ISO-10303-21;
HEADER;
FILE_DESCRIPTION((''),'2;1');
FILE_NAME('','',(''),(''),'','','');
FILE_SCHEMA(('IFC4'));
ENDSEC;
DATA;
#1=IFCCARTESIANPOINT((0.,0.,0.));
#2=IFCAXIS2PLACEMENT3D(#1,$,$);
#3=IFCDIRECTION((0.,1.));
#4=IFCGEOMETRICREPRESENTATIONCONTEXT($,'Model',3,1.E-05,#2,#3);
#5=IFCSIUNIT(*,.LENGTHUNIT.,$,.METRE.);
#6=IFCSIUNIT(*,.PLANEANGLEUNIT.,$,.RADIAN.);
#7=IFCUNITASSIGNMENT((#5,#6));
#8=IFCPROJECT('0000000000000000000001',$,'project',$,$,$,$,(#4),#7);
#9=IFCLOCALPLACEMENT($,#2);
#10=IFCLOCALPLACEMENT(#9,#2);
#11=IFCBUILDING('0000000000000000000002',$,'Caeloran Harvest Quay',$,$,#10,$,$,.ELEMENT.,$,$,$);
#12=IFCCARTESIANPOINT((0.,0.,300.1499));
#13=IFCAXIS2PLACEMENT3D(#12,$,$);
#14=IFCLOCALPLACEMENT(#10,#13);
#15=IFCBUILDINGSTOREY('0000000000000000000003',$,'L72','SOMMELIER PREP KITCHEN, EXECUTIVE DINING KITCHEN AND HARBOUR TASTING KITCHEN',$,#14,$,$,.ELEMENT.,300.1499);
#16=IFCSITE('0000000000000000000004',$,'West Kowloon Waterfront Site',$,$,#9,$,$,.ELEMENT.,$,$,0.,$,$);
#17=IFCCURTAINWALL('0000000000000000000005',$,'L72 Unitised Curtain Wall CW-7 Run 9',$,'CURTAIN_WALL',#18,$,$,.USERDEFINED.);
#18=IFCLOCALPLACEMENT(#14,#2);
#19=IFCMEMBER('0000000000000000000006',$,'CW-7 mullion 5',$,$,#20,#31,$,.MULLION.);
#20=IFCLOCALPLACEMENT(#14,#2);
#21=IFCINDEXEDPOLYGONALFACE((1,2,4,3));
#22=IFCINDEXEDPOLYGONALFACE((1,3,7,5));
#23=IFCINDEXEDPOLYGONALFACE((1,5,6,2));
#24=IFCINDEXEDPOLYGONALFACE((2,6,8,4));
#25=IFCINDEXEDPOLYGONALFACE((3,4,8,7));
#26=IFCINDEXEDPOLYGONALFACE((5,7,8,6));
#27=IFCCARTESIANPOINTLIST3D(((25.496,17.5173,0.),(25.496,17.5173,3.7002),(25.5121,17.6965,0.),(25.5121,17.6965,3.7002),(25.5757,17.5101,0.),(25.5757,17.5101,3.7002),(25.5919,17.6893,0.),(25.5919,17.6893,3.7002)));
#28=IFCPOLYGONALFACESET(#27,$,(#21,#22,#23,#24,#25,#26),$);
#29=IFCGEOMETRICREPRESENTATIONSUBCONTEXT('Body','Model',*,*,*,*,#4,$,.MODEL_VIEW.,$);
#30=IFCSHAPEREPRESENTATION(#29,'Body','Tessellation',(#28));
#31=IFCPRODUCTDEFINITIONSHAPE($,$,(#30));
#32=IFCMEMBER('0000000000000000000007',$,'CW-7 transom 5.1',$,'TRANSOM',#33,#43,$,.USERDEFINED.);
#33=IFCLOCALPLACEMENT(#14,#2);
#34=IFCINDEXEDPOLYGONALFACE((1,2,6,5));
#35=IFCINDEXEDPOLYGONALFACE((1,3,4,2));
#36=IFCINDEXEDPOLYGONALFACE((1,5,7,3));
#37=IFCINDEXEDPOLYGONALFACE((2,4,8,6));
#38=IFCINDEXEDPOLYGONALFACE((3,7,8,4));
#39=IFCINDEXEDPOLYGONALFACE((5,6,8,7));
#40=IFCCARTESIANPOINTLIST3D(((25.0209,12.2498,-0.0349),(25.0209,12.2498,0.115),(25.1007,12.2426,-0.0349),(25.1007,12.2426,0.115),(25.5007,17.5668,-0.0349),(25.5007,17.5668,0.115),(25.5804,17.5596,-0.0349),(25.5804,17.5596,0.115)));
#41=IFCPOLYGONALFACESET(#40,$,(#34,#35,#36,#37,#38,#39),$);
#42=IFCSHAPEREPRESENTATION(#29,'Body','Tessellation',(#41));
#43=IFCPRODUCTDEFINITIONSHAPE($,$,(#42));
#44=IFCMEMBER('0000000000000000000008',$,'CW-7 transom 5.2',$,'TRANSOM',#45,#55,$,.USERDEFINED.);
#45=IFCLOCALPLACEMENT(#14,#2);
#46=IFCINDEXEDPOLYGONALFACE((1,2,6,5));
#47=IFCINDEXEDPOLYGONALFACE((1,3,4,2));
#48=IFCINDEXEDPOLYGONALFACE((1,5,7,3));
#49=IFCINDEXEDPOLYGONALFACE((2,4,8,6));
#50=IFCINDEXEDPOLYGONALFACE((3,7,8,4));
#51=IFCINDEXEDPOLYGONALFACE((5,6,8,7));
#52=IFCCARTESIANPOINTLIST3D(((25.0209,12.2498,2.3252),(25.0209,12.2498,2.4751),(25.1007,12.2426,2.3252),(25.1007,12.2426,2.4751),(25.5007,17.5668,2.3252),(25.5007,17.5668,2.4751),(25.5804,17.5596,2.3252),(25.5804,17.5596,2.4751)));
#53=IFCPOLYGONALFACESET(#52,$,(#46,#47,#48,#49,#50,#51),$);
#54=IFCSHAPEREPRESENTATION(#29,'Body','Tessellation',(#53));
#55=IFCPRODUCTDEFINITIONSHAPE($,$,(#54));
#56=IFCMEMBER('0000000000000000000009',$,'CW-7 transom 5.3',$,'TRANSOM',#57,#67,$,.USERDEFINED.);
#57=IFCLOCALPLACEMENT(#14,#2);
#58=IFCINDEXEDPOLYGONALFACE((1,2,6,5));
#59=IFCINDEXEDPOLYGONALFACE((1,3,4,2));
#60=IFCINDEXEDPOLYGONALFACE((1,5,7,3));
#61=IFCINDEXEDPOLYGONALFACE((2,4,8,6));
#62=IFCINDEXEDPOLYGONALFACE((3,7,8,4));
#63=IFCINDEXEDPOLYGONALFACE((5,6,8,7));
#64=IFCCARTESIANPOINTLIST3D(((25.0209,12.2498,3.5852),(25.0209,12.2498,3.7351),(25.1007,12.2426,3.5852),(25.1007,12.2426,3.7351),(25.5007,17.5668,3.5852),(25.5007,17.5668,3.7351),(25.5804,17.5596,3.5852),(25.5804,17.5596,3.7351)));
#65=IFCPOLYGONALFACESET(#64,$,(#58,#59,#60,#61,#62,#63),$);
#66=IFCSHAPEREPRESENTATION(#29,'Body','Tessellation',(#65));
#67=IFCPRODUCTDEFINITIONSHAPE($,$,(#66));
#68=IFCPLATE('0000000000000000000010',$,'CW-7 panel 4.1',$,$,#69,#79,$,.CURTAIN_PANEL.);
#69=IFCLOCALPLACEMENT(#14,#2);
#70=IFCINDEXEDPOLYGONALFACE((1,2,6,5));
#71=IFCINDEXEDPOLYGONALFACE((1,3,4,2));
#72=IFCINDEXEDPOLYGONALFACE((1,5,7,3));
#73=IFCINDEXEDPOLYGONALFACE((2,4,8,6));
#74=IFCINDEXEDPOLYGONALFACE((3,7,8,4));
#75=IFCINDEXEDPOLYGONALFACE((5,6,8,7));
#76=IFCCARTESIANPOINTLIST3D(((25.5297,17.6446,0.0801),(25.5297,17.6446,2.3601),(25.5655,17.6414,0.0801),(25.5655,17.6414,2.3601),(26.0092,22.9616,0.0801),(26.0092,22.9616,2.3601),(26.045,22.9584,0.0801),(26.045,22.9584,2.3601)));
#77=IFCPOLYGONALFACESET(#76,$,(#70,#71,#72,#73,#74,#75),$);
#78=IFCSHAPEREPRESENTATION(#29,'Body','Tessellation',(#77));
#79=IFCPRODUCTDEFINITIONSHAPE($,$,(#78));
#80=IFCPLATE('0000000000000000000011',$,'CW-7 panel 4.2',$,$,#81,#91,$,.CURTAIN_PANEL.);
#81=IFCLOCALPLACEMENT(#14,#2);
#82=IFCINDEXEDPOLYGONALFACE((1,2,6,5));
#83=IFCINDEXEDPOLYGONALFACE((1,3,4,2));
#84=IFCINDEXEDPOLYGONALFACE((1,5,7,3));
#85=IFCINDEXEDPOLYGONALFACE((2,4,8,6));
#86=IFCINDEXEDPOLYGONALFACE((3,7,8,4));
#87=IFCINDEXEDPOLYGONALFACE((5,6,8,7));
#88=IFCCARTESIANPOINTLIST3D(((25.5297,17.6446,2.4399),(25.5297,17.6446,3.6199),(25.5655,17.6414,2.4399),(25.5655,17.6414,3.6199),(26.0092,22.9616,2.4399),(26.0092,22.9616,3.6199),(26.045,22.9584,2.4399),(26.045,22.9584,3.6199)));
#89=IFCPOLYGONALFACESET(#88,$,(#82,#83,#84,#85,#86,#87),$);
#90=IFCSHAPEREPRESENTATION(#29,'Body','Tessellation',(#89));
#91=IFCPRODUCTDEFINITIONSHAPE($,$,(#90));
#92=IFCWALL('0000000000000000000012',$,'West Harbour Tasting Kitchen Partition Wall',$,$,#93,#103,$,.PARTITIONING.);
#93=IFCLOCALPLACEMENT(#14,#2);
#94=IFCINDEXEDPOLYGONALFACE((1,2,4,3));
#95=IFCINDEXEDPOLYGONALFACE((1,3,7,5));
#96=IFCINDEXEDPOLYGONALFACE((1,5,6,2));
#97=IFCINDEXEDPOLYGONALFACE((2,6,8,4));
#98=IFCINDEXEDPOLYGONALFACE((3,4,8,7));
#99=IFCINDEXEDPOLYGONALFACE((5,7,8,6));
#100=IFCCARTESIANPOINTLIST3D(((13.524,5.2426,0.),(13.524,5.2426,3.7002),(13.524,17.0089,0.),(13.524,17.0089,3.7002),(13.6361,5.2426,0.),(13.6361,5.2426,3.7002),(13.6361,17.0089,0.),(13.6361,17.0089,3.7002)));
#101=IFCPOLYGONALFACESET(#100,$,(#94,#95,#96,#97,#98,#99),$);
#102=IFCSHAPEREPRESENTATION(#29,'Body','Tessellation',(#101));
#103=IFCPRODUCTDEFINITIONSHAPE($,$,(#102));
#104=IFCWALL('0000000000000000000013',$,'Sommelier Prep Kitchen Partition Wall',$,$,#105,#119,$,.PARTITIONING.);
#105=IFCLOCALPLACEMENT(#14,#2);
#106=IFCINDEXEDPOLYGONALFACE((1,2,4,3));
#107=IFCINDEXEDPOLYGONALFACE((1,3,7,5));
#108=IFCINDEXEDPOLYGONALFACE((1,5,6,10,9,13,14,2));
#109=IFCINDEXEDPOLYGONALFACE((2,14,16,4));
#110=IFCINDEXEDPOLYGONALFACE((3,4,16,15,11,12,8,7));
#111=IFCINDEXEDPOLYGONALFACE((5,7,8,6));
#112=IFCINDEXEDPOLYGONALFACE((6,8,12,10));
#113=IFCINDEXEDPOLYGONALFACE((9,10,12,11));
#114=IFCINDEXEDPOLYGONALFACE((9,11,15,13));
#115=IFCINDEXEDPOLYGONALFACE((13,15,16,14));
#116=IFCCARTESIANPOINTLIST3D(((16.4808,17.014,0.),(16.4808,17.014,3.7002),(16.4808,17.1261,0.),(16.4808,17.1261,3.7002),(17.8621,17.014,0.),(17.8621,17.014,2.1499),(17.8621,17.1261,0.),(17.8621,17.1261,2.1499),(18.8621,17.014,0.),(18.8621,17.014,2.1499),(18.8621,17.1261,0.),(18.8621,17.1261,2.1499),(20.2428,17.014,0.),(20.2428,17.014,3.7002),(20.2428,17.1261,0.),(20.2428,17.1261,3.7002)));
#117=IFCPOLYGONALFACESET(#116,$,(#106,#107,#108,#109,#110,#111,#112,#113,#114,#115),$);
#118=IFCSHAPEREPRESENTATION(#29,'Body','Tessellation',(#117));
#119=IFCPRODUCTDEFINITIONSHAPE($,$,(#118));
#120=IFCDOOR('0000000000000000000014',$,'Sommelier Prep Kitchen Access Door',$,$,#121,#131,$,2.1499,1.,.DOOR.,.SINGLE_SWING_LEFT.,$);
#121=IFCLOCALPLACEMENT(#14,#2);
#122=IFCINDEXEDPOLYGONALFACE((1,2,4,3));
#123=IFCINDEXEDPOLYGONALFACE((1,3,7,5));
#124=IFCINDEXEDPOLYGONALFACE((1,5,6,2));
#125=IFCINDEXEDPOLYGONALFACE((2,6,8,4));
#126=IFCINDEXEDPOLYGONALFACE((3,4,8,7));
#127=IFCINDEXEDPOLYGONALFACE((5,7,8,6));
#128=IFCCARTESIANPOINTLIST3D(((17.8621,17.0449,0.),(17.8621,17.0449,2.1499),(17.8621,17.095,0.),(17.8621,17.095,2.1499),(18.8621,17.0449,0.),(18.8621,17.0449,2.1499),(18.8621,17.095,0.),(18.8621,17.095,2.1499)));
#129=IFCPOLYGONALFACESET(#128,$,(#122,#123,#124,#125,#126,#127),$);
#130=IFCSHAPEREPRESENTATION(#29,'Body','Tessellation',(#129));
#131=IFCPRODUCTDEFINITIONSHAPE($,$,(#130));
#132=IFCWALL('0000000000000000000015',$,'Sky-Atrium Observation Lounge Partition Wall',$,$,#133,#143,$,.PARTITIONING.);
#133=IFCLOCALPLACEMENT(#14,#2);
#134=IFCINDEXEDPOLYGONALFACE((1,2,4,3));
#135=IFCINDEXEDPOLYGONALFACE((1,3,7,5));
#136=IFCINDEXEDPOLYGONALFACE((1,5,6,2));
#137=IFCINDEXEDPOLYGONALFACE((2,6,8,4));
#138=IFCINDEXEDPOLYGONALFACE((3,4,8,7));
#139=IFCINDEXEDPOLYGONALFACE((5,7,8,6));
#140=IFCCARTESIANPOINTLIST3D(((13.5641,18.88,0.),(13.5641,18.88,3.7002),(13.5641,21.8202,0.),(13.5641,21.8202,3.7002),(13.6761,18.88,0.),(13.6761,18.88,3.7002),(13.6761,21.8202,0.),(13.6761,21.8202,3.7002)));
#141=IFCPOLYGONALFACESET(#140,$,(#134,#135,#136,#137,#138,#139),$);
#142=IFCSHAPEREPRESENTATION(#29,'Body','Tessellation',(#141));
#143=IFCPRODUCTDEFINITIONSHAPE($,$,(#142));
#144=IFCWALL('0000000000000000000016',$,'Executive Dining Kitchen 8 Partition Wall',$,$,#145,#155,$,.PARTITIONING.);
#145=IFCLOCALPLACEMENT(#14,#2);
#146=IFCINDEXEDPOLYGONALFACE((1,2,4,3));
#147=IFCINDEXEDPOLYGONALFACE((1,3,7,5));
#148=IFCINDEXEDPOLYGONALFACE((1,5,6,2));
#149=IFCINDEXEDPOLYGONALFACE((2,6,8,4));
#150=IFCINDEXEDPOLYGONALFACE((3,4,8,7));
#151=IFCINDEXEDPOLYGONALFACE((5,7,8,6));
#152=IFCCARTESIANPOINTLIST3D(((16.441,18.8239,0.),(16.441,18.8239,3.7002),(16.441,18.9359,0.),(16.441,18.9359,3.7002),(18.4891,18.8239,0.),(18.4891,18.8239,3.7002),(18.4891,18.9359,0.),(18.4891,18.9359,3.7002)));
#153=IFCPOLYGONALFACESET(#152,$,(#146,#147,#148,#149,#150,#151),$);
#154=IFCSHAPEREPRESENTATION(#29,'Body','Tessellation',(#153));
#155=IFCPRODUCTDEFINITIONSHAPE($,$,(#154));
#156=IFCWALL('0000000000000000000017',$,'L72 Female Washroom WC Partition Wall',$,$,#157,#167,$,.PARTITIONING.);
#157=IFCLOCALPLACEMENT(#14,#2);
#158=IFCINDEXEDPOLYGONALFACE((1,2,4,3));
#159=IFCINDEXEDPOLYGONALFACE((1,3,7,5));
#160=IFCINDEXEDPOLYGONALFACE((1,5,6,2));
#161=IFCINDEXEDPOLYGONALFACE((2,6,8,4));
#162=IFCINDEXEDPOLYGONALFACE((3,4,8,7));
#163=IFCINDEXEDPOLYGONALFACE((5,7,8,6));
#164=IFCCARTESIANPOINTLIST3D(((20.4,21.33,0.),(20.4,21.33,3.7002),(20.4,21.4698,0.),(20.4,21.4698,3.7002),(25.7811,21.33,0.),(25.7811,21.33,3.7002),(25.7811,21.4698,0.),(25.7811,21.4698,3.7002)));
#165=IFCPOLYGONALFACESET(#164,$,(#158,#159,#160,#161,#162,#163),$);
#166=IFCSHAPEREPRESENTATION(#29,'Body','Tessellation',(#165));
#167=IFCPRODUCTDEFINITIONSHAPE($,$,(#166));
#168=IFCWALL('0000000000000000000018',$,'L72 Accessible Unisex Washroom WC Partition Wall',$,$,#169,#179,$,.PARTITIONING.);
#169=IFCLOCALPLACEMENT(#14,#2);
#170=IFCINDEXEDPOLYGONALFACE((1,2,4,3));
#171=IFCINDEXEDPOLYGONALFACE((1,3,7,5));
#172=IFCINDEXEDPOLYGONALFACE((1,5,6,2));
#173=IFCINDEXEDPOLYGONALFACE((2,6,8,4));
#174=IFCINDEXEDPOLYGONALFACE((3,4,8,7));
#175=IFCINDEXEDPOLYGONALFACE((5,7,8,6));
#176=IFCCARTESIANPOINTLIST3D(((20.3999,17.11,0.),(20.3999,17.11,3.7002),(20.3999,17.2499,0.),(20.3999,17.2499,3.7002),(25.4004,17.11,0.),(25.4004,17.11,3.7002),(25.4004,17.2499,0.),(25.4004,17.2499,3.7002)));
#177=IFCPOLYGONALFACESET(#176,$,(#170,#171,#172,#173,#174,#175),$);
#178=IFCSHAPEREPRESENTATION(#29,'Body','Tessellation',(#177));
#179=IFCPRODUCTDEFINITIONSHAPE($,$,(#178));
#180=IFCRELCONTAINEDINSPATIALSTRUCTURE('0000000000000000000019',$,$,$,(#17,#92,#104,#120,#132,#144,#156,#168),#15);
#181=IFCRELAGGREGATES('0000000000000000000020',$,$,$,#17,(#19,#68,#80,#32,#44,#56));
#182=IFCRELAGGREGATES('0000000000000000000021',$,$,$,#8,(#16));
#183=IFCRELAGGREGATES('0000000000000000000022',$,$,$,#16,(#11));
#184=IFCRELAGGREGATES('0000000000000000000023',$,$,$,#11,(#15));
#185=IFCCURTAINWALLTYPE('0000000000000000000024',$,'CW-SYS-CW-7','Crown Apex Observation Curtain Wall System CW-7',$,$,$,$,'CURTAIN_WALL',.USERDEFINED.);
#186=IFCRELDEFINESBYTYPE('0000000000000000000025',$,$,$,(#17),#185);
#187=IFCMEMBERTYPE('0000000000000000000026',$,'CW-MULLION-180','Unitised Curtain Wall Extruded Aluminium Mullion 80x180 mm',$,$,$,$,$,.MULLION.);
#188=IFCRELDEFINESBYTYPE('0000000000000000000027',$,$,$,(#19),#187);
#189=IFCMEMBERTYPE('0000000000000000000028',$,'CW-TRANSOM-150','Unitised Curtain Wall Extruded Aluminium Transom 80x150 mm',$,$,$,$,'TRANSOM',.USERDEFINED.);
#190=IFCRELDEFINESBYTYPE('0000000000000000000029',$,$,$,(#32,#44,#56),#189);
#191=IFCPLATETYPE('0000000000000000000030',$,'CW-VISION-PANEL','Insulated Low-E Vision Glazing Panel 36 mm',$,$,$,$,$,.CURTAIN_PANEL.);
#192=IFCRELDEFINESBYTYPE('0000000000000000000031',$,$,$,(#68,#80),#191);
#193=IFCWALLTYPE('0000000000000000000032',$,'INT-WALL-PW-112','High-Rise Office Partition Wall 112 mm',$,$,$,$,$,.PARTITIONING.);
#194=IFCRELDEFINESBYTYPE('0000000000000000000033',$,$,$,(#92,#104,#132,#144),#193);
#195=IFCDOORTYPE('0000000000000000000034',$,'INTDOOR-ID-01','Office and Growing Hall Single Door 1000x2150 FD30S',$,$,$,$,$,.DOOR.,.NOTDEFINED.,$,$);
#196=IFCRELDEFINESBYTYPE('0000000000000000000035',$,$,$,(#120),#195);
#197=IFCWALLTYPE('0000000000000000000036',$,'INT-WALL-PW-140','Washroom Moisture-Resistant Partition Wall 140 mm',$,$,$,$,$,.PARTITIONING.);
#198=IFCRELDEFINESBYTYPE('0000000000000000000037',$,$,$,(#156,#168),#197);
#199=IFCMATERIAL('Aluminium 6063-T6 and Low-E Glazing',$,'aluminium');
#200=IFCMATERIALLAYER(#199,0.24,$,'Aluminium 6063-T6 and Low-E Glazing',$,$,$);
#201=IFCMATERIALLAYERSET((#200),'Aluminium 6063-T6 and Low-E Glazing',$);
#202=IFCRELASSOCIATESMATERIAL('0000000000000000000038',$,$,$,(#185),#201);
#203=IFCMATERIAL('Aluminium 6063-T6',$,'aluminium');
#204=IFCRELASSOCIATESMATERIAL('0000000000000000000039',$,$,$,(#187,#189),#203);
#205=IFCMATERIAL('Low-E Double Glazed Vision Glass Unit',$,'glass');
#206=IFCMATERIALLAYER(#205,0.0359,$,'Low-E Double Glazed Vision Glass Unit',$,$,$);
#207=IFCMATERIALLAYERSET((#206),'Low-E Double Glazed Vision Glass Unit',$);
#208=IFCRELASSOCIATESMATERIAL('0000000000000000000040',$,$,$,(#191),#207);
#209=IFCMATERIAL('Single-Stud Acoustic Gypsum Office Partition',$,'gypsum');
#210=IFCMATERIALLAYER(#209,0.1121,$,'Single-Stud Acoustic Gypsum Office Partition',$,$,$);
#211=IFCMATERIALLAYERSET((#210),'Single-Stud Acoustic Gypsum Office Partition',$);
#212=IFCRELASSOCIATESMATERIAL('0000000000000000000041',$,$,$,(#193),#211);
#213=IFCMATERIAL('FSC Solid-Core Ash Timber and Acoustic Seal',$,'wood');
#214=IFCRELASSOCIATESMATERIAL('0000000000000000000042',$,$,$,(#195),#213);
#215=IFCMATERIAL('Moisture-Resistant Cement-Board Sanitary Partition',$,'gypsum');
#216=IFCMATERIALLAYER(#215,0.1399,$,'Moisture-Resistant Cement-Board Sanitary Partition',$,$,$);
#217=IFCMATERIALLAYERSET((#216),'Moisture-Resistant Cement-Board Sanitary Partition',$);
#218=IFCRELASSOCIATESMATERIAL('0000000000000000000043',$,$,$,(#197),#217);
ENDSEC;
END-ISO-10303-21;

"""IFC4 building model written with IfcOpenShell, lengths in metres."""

from ifc_helpers import new_model, si_unit, direction, frame, frame_2d, origin, origin_2d, place, context, subcontext, project, spatial, rectangle, extrude, material, layer, layer_set, material_profile, profile_set, type_object, element, fill, aggregate, save


model = new_model("IFC4")

# Units and contexts
model_context = context("Model", 3, precision=1e-05, world=origin(), true_north=direction((0.0, 1.0)))
body_context = subcontext(model_context, "Body", "Model", "MODEL_VIEW")
ifc_project = project(units=[si_unit("LENGTHUNIT", "METRE"), si_unit("PLANEANGLEUNIT", "RADIAN")], contexts=[model_context])

# Site, building, storey
site_placement = place(None, origin())
site = spatial("IfcSite", under=ifc_project, at=site_placement, Name="West Kowloon Waterfront Site", CompositionType="ELEMENT", RefElevation=0.0)
building_placement = place(site_placement, origin())
building = spatial("IfcBuilding", under=site, at=building_placement, Name="Caeloran Harvest Quay", CompositionType="ELEMENT")
storey_placement = place(building_placement, frame((0.0, 0.0, 300.1499)))
storey = spatial("IfcBuildingStorey", under=building, at=storey_placement, Name="L72", Description="SOMMELIER PREP KITCHEN, EXECUTIVE DINING KITCHEN AND HARBOUR TASTING KITCHEN", CompositionType="ELEMENT", Elevation=300.1499)

# Curtain wall, members, plates
ifc_material_1 = material(Name="Aluminium 6063-T6 and Low-E Glazing", Category="aluminium")
ifc_layer_1 = layer(ifc_material_1, 0.24, Name="Aluminium 6063-T6 and Low-E Glazing")
ifc_layer_set_1 = layer_set([ifc_layer_1], Name="Aluminium 6063-T6 and Low-E Glazing")
curtain_wall_type = type_object("IfcCurtainWallType", Name="CW-SYS-CW-7", Description="Crown Apex Observation Curtain Wall System CW-7", ElementType="CURTAIN_WALL", PredefinedType="USERDEFINED", material=ifc_layer_set_1)
curtain_wall_placement = place(storey_placement, origin())
curtain_wall = element("IfcCurtainWall", 1, at=curtain_wall_placement, inside=storey, type_object=curtain_wall_type, Name="L72 Unitised Curtain Wall CW-7 Run 9", ObjectType="CURTAIN_WALL", PredefinedType="USERDEFINED")
ifc_material_2 = material(Name="Aluminium 6063-T6", Category="aluminium")
ifc_material_profile_1 = material_profile(ifc_material_2, rectangle(XDim=0.0801, YDim=0.1799, at=origin_2d()), Name="CW-MULLION-180")
ifc_profile_set_1 = profile_set([ifc_material_profile_1], Name="Aluminium 6063-T6")
member_type_1 = type_object("IfcMemberType", Name="CW-MULLION-180", Description="Unitised Curtain Wall Extruded Aluminium Mullion 80x180 mm", PredefinedType="MULLION", material=ifc_profile_set_1)
member_1_placement = place(storey_placement, frame((25.5439, 17.6033, 0.0), z_axis=(0.0, 0.0, 1.0), x_axis=(0.995958, -0.089821, 0.0)))
member_1 = element("IfcMember", 2, at=member_1_placement, type_object=member_type_1, Name="CW-7 mullion 5", PredefinedType="MULLION", context=body_context, shape_type="SweptSolid", body=[
    extrude(rectangle(XDim=0.0801, YDim=0.1799, at=origin_2d()), origin(), (0.0, 0.0, 1.0), 3.7002),
])
ifc_material_profile_2 = material_profile(ifc_material_2, rectangle(XDim=0.0801, YDim=0.1499, at=origin_2d()), Name="CW-TRANSOM-150")
ifc_profile_set_2 = profile_set([ifc_material_profile_2], Name="Aluminium 6063-T6")
member_type_2 = type_object("IfcMemberType", Name="CW-TRANSOM-150", Description="Unitised Curtain Wall Extruded Aluminium Transom 80x150 mm", ElementType="TRANSOM", PredefinedType="USERDEFINED", material=ifc_profile_set_2)
member_2_placement = place(storey_placement, frame((25.5405, 17.5632, 0.04), z_axis=(-0.08986, -0.995954, 0.0), x_axis=(0.995954, -0.08986, 0.0)))
member_2 = element("IfcMember", 3, at=member_2_placement, type_object=member_type_2, Name="CW-7 transom 5.1", ObjectType="TRANSOM", PredefinedType="USERDEFINED", context=body_context, shape_type="SweptSolid", body=[
    extrude(rectangle(XDim=0.0801, YDim=0.1499, at=origin_2d()), origin(), (0.0, 0.0, 1.0), 5.3386),
])
member_3_placement = place(storey_placement, frame((25.5405, 17.5632, 2.4001), z_axis=(-0.08986, -0.995954, 0.0), x_axis=(0.995954, -0.08986, 0.0)))
member_3 = element("IfcMember", 4, at=member_3_placement, type_object=member_type_2, Name="CW-7 transom 5.2", ObjectType="TRANSOM", PredefinedType="USERDEFINED", context=body_context, shape_type="SweptSolid", body=[
    extrude(rectangle(XDim=0.0801, YDim=0.1499, at=origin_2d()), origin(), (0.0, 0.0, 1.0), 5.3386),
])
member_4_placement = place(storey_placement, frame((25.5405, 17.5632, 3.6602), z_axis=(-0.08986, -0.995954, 0.0), x_axis=(0.995954, -0.08986, 0.0)))
member_4 = element("IfcMember", 5, at=member_4_placement, type_object=member_type_2, Name="CW-7 transom 5.3", ObjectType="TRANSOM", PredefinedType="USERDEFINED", context=body_context, shape_type="SweptSolid", body=[
    extrude(rectangle(XDim=0.0801, YDim=0.1499, at=origin_2d()), origin(), (0.0, 0.0, 1.0), 5.3386),
])
ifc_material_3 = material(Name="Low-E Double Glazed Vision Glass Unit", Category="glass")
ifc_layer_2 = layer(ifc_material_3, 0.0359, Name="Low-E Double Glazed Vision Glass Unit")
ifc_layer_set_2 = layer_set([ifc_layer_2], Name="Low-E Double Glazed Vision Glass Unit")
plate_type = type_object("IfcPlateType", Name="CW-VISION-PANEL", Description="Insulated Low-E Vision Glazing Panel 36 mm", PredefinedType="CURTAIN_PANEL", material=ifc_layer_set_2)
plate_1_placement = place(storey_placement, frame((25.7874, 20.3015, 0.0801), z_axis=(0.0, 0.0, 1.0), x_axis=(-0.089821, -0.995958, 0.0)))
plate_1 = element("IfcPlate", 6, at=plate_1_placement, type_object=plate_type, Name="CW-7 panel 4.1", PredefinedType="CURTAIN_PANEL", context=body_context, shape_type="SweptSolid", body=[
    extrude(rectangle(XDim=5.3386, YDim=0.0359, at=origin_2d()), origin(), (0.0, 0.0, 1.0), 2.28),
])
plate_2_placement = place(storey_placement, frame((25.7874, 20.3015, 2.4399), z_axis=(0.0, 0.0, 1.0), x_axis=(-0.089821, -0.995958, 0.0)))
plate_2 = element("IfcPlate", 7, at=plate_2_placement, type_object=plate_type, Name="CW-7 panel 4.2", PredefinedType="CURTAIN_PANEL", context=body_context, shape_type="SweptSolid", body=[
    extrude(rectangle(XDim=5.3386, YDim=0.0359, at=origin_2d()), origin(), (0.0, 0.0, 1.0), 1.1799),
])
aggregate(curtain_wall, [member_1, plate_1, plate_2, member_2, member_3, member_4])

# Wall
ifc_material_4 = material(Name="Single-Stud Acoustic Gypsum Office Partition", Category="gypsum")
ifc_layer_3 = layer(ifc_material_4, 0.1121, Name="Single-Stud Acoustic Gypsum Office Partition")
ifc_layer_set_3 = layer_set([ifc_layer_3], Name="Single-Stud Acoustic Gypsum Office Partition")
wall_type_1 = type_object("IfcWallType", Name="INT-WALL-PW-112", Description="High-Rise Office Partition Wall 112 mm", PredefinedType="PARTITIONING", material=ifc_layer_set_3)
wall_1_placement = place(storey_placement, frame((13.5801, 17.009, 0.0), z_axis=(0.0, 0.0, 1.0), x_axis=(0.0, -1.0, 0.0)))
element("IfcWall", 8, at=wall_1_placement, inside=storey, type_object=wall_type_1, Name="West Harbour Tasting Kitchen Partition Wall", PredefinedType="PARTITIONING", context=body_context, shape_type="SweptSolid", body=[
    extrude(rectangle(XDim=11.7664, YDim=0.1121, at=frame_2d((5.8833, 0.0))), origin(), (0.0, 0.0, 1.0), 3.7002),
])

# Wall, opening, door
wall_2_placement = place(storey_placement, frame((16.481, 17.0701, 0.0), z_axis=(0.0, 0.0, 1.0), x_axis=(1.0, 0.0, 0.0)))
wall_2 = element("IfcWall", 9, at=wall_2_placement, inside=storey, type_object=wall_type_1, Name="Sommelier Prep Kitchen Partition Wall", PredefinedType="PARTITIONING", context=body_context, shape_type="SweptSolid", body=[
    extrude(rectangle(XDim=3.762, YDim=0.1121, at=frame_2d((1.8809, 0.0))), origin(), (0.0, 0.0, 1.0), 3.7002),
])
opening_1_placement = place(wall_2_placement, frame((1.3811, 0.0, 0.0)))
opening_1 = element("IfcOpeningElement", 10, at=opening_1_placement, cuts=wall_2, PredefinedType="OPENING", context=body_context, shape_type="SweptSolid", body=[
    extrude(rectangle(XDim=1.0, YDim=2.1499, at=frame_2d((0.5, 1.075))), frame((0.0, 0.0659, 0.0), z_axis=(0.0, -1.0, 0.0), x_axis=(1.0, 0.0, 0.0)), (0.0, 0.0, 1.0), 0.1321),
])
ifc_material_5 = material(Name="FSC Solid-Core Ash Timber and Acoustic Seal", Category="wood")
door_type_1 = type_object("IfcDoorType", Name="INTDOOR-ID-01", Description="Office and Growing Hall Single Door 1000x2150 FD30S", OperationType="NOTDEFINED", PredefinedType="DOOR", material=ifc_material_5)
door_1_placement = place(opening_1_placement, origin())
door_1 = element("IfcDoor", 11, at=door_1_placement, inside=storey, type_object=door_type_1, Name="Sommelier Prep Kitchen Access Door", OperationType="SINGLE_SWING_LEFT", OverallHeight=2.1499, OverallWidth=1.0, PredefinedType="DOOR", context=body_context, shape_type="SweptSolid", body=[
    extrude(rectangle(XDim=1.0, YDim=2.1499, at=frame_2d((0.5, 1.075))), frame((0.0, 0.0249, 0.0), z_axis=(0.0, -1.0, 0.0), x_axis=(1.0, 0.0, 0.0)), (0.0, 0.0, 1.0), 0.05),
])
fill(opening_1, door_1)

# Wall
wall_3_placement = place(storey_placement, frame((13.6201, 18.8799, 0.0), z_axis=(0.0, 0.0, 1.0), x_axis=(0.0, 1.0, 0.0)))
element("IfcWall", 12, at=wall_3_placement, inside=storey, type_object=wall_type_1, Name="Sky-Atrium Observation Lounge Partition Wall", PredefinedType="PARTITIONING", context=body_context, shape_type="SweptSolid", body=[
    extrude(rectangle(XDim=2.9402, YDim=0.1121, at=frame_2d((1.4702, 0.0))), origin(), (0.0, 0.0, 1.0), 3.7002),
])

# Walls
wall_4_placement = place(storey_placement, frame((18.489, 18.8799, 0.0), z_axis=(0.0, 0.0, 1.0), x_axis=(-1.0, 0.0, 0.0)))
element("IfcWall", 13, at=wall_4_placement, inside=storey, type_object=wall_type_1, Name="Executive Dining Kitchen 8 Partition Wall", PredefinedType="PARTITIONING", context=body_context, shape_type="SweptSolid", body=[
    extrude(rectangle(XDim=2.0481, YDim=0.1121, at=frame_2d((1.0239, 0.0))), origin(), (0.0, 0.0, 1.0), 3.7002),
])
ifc_material_6 = material(Name="Moisture-Resistant Cement-Board Sanitary Partition", Category="gypsum")
ifc_layer_4 = layer(ifc_material_6, 0.1399, Name="Moisture-Resistant Cement-Board Sanitary Partition")
ifc_layer_set_4 = layer_set([ifc_layer_4], Name="Moisture-Resistant Cement-Board Sanitary Partition")
wall_type_2 = type_object("IfcWallType", Name="INT-WALL-PW-140", Description="Washroom Moisture-Resistant Partition Wall 140 mm", PredefinedType="PARTITIONING", material=ifc_layer_set_4)
wall_5_placement = place(storey_placement, frame((25.781, 21.3999, 0.0), z_axis=(0.0, 0.0, 1.0), x_axis=(-1.0, 0.0, 0.0)))
element("IfcWall", 14, at=wall_5_placement, inside=storey, type_object=wall_type_2, Name="L72 Female Washroom WC Partition Wall", PredefinedType="PARTITIONING", context=body_context, shape_type="SweptSolid", body=[
    extrude(rectangle(XDim=5.3811, YDim=0.1399, at=frame_2d((2.6904, 0.0))), origin(), (0.0, 0.0, 1.0), 3.7002),
])

# Wall
wall_6_placement = place(storey_placement, frame((25.4004, 17.1799, 0.0), z_axis=(0.0, 0.0, 1.0), x_axis=(-1.0, 0.0, 0.0)))
element("IfcWall", 15, at=wall_6_placement, inside=storey, type_object=wall_type_2, Name="L72 Accessible Unisex Washroom WC Partition Wall", PredefinedType="PARTITIONING", context=body_context, shape_type="SweptSolid", body=[
    extrude(rectangle(XDim=5.0005, YDim=0.1399, at=frame_2d((2.5002, 0.0))), origin(), (0.0, 0.0, 1.0), 3.7002),
])

save(model, "model.ifc")
